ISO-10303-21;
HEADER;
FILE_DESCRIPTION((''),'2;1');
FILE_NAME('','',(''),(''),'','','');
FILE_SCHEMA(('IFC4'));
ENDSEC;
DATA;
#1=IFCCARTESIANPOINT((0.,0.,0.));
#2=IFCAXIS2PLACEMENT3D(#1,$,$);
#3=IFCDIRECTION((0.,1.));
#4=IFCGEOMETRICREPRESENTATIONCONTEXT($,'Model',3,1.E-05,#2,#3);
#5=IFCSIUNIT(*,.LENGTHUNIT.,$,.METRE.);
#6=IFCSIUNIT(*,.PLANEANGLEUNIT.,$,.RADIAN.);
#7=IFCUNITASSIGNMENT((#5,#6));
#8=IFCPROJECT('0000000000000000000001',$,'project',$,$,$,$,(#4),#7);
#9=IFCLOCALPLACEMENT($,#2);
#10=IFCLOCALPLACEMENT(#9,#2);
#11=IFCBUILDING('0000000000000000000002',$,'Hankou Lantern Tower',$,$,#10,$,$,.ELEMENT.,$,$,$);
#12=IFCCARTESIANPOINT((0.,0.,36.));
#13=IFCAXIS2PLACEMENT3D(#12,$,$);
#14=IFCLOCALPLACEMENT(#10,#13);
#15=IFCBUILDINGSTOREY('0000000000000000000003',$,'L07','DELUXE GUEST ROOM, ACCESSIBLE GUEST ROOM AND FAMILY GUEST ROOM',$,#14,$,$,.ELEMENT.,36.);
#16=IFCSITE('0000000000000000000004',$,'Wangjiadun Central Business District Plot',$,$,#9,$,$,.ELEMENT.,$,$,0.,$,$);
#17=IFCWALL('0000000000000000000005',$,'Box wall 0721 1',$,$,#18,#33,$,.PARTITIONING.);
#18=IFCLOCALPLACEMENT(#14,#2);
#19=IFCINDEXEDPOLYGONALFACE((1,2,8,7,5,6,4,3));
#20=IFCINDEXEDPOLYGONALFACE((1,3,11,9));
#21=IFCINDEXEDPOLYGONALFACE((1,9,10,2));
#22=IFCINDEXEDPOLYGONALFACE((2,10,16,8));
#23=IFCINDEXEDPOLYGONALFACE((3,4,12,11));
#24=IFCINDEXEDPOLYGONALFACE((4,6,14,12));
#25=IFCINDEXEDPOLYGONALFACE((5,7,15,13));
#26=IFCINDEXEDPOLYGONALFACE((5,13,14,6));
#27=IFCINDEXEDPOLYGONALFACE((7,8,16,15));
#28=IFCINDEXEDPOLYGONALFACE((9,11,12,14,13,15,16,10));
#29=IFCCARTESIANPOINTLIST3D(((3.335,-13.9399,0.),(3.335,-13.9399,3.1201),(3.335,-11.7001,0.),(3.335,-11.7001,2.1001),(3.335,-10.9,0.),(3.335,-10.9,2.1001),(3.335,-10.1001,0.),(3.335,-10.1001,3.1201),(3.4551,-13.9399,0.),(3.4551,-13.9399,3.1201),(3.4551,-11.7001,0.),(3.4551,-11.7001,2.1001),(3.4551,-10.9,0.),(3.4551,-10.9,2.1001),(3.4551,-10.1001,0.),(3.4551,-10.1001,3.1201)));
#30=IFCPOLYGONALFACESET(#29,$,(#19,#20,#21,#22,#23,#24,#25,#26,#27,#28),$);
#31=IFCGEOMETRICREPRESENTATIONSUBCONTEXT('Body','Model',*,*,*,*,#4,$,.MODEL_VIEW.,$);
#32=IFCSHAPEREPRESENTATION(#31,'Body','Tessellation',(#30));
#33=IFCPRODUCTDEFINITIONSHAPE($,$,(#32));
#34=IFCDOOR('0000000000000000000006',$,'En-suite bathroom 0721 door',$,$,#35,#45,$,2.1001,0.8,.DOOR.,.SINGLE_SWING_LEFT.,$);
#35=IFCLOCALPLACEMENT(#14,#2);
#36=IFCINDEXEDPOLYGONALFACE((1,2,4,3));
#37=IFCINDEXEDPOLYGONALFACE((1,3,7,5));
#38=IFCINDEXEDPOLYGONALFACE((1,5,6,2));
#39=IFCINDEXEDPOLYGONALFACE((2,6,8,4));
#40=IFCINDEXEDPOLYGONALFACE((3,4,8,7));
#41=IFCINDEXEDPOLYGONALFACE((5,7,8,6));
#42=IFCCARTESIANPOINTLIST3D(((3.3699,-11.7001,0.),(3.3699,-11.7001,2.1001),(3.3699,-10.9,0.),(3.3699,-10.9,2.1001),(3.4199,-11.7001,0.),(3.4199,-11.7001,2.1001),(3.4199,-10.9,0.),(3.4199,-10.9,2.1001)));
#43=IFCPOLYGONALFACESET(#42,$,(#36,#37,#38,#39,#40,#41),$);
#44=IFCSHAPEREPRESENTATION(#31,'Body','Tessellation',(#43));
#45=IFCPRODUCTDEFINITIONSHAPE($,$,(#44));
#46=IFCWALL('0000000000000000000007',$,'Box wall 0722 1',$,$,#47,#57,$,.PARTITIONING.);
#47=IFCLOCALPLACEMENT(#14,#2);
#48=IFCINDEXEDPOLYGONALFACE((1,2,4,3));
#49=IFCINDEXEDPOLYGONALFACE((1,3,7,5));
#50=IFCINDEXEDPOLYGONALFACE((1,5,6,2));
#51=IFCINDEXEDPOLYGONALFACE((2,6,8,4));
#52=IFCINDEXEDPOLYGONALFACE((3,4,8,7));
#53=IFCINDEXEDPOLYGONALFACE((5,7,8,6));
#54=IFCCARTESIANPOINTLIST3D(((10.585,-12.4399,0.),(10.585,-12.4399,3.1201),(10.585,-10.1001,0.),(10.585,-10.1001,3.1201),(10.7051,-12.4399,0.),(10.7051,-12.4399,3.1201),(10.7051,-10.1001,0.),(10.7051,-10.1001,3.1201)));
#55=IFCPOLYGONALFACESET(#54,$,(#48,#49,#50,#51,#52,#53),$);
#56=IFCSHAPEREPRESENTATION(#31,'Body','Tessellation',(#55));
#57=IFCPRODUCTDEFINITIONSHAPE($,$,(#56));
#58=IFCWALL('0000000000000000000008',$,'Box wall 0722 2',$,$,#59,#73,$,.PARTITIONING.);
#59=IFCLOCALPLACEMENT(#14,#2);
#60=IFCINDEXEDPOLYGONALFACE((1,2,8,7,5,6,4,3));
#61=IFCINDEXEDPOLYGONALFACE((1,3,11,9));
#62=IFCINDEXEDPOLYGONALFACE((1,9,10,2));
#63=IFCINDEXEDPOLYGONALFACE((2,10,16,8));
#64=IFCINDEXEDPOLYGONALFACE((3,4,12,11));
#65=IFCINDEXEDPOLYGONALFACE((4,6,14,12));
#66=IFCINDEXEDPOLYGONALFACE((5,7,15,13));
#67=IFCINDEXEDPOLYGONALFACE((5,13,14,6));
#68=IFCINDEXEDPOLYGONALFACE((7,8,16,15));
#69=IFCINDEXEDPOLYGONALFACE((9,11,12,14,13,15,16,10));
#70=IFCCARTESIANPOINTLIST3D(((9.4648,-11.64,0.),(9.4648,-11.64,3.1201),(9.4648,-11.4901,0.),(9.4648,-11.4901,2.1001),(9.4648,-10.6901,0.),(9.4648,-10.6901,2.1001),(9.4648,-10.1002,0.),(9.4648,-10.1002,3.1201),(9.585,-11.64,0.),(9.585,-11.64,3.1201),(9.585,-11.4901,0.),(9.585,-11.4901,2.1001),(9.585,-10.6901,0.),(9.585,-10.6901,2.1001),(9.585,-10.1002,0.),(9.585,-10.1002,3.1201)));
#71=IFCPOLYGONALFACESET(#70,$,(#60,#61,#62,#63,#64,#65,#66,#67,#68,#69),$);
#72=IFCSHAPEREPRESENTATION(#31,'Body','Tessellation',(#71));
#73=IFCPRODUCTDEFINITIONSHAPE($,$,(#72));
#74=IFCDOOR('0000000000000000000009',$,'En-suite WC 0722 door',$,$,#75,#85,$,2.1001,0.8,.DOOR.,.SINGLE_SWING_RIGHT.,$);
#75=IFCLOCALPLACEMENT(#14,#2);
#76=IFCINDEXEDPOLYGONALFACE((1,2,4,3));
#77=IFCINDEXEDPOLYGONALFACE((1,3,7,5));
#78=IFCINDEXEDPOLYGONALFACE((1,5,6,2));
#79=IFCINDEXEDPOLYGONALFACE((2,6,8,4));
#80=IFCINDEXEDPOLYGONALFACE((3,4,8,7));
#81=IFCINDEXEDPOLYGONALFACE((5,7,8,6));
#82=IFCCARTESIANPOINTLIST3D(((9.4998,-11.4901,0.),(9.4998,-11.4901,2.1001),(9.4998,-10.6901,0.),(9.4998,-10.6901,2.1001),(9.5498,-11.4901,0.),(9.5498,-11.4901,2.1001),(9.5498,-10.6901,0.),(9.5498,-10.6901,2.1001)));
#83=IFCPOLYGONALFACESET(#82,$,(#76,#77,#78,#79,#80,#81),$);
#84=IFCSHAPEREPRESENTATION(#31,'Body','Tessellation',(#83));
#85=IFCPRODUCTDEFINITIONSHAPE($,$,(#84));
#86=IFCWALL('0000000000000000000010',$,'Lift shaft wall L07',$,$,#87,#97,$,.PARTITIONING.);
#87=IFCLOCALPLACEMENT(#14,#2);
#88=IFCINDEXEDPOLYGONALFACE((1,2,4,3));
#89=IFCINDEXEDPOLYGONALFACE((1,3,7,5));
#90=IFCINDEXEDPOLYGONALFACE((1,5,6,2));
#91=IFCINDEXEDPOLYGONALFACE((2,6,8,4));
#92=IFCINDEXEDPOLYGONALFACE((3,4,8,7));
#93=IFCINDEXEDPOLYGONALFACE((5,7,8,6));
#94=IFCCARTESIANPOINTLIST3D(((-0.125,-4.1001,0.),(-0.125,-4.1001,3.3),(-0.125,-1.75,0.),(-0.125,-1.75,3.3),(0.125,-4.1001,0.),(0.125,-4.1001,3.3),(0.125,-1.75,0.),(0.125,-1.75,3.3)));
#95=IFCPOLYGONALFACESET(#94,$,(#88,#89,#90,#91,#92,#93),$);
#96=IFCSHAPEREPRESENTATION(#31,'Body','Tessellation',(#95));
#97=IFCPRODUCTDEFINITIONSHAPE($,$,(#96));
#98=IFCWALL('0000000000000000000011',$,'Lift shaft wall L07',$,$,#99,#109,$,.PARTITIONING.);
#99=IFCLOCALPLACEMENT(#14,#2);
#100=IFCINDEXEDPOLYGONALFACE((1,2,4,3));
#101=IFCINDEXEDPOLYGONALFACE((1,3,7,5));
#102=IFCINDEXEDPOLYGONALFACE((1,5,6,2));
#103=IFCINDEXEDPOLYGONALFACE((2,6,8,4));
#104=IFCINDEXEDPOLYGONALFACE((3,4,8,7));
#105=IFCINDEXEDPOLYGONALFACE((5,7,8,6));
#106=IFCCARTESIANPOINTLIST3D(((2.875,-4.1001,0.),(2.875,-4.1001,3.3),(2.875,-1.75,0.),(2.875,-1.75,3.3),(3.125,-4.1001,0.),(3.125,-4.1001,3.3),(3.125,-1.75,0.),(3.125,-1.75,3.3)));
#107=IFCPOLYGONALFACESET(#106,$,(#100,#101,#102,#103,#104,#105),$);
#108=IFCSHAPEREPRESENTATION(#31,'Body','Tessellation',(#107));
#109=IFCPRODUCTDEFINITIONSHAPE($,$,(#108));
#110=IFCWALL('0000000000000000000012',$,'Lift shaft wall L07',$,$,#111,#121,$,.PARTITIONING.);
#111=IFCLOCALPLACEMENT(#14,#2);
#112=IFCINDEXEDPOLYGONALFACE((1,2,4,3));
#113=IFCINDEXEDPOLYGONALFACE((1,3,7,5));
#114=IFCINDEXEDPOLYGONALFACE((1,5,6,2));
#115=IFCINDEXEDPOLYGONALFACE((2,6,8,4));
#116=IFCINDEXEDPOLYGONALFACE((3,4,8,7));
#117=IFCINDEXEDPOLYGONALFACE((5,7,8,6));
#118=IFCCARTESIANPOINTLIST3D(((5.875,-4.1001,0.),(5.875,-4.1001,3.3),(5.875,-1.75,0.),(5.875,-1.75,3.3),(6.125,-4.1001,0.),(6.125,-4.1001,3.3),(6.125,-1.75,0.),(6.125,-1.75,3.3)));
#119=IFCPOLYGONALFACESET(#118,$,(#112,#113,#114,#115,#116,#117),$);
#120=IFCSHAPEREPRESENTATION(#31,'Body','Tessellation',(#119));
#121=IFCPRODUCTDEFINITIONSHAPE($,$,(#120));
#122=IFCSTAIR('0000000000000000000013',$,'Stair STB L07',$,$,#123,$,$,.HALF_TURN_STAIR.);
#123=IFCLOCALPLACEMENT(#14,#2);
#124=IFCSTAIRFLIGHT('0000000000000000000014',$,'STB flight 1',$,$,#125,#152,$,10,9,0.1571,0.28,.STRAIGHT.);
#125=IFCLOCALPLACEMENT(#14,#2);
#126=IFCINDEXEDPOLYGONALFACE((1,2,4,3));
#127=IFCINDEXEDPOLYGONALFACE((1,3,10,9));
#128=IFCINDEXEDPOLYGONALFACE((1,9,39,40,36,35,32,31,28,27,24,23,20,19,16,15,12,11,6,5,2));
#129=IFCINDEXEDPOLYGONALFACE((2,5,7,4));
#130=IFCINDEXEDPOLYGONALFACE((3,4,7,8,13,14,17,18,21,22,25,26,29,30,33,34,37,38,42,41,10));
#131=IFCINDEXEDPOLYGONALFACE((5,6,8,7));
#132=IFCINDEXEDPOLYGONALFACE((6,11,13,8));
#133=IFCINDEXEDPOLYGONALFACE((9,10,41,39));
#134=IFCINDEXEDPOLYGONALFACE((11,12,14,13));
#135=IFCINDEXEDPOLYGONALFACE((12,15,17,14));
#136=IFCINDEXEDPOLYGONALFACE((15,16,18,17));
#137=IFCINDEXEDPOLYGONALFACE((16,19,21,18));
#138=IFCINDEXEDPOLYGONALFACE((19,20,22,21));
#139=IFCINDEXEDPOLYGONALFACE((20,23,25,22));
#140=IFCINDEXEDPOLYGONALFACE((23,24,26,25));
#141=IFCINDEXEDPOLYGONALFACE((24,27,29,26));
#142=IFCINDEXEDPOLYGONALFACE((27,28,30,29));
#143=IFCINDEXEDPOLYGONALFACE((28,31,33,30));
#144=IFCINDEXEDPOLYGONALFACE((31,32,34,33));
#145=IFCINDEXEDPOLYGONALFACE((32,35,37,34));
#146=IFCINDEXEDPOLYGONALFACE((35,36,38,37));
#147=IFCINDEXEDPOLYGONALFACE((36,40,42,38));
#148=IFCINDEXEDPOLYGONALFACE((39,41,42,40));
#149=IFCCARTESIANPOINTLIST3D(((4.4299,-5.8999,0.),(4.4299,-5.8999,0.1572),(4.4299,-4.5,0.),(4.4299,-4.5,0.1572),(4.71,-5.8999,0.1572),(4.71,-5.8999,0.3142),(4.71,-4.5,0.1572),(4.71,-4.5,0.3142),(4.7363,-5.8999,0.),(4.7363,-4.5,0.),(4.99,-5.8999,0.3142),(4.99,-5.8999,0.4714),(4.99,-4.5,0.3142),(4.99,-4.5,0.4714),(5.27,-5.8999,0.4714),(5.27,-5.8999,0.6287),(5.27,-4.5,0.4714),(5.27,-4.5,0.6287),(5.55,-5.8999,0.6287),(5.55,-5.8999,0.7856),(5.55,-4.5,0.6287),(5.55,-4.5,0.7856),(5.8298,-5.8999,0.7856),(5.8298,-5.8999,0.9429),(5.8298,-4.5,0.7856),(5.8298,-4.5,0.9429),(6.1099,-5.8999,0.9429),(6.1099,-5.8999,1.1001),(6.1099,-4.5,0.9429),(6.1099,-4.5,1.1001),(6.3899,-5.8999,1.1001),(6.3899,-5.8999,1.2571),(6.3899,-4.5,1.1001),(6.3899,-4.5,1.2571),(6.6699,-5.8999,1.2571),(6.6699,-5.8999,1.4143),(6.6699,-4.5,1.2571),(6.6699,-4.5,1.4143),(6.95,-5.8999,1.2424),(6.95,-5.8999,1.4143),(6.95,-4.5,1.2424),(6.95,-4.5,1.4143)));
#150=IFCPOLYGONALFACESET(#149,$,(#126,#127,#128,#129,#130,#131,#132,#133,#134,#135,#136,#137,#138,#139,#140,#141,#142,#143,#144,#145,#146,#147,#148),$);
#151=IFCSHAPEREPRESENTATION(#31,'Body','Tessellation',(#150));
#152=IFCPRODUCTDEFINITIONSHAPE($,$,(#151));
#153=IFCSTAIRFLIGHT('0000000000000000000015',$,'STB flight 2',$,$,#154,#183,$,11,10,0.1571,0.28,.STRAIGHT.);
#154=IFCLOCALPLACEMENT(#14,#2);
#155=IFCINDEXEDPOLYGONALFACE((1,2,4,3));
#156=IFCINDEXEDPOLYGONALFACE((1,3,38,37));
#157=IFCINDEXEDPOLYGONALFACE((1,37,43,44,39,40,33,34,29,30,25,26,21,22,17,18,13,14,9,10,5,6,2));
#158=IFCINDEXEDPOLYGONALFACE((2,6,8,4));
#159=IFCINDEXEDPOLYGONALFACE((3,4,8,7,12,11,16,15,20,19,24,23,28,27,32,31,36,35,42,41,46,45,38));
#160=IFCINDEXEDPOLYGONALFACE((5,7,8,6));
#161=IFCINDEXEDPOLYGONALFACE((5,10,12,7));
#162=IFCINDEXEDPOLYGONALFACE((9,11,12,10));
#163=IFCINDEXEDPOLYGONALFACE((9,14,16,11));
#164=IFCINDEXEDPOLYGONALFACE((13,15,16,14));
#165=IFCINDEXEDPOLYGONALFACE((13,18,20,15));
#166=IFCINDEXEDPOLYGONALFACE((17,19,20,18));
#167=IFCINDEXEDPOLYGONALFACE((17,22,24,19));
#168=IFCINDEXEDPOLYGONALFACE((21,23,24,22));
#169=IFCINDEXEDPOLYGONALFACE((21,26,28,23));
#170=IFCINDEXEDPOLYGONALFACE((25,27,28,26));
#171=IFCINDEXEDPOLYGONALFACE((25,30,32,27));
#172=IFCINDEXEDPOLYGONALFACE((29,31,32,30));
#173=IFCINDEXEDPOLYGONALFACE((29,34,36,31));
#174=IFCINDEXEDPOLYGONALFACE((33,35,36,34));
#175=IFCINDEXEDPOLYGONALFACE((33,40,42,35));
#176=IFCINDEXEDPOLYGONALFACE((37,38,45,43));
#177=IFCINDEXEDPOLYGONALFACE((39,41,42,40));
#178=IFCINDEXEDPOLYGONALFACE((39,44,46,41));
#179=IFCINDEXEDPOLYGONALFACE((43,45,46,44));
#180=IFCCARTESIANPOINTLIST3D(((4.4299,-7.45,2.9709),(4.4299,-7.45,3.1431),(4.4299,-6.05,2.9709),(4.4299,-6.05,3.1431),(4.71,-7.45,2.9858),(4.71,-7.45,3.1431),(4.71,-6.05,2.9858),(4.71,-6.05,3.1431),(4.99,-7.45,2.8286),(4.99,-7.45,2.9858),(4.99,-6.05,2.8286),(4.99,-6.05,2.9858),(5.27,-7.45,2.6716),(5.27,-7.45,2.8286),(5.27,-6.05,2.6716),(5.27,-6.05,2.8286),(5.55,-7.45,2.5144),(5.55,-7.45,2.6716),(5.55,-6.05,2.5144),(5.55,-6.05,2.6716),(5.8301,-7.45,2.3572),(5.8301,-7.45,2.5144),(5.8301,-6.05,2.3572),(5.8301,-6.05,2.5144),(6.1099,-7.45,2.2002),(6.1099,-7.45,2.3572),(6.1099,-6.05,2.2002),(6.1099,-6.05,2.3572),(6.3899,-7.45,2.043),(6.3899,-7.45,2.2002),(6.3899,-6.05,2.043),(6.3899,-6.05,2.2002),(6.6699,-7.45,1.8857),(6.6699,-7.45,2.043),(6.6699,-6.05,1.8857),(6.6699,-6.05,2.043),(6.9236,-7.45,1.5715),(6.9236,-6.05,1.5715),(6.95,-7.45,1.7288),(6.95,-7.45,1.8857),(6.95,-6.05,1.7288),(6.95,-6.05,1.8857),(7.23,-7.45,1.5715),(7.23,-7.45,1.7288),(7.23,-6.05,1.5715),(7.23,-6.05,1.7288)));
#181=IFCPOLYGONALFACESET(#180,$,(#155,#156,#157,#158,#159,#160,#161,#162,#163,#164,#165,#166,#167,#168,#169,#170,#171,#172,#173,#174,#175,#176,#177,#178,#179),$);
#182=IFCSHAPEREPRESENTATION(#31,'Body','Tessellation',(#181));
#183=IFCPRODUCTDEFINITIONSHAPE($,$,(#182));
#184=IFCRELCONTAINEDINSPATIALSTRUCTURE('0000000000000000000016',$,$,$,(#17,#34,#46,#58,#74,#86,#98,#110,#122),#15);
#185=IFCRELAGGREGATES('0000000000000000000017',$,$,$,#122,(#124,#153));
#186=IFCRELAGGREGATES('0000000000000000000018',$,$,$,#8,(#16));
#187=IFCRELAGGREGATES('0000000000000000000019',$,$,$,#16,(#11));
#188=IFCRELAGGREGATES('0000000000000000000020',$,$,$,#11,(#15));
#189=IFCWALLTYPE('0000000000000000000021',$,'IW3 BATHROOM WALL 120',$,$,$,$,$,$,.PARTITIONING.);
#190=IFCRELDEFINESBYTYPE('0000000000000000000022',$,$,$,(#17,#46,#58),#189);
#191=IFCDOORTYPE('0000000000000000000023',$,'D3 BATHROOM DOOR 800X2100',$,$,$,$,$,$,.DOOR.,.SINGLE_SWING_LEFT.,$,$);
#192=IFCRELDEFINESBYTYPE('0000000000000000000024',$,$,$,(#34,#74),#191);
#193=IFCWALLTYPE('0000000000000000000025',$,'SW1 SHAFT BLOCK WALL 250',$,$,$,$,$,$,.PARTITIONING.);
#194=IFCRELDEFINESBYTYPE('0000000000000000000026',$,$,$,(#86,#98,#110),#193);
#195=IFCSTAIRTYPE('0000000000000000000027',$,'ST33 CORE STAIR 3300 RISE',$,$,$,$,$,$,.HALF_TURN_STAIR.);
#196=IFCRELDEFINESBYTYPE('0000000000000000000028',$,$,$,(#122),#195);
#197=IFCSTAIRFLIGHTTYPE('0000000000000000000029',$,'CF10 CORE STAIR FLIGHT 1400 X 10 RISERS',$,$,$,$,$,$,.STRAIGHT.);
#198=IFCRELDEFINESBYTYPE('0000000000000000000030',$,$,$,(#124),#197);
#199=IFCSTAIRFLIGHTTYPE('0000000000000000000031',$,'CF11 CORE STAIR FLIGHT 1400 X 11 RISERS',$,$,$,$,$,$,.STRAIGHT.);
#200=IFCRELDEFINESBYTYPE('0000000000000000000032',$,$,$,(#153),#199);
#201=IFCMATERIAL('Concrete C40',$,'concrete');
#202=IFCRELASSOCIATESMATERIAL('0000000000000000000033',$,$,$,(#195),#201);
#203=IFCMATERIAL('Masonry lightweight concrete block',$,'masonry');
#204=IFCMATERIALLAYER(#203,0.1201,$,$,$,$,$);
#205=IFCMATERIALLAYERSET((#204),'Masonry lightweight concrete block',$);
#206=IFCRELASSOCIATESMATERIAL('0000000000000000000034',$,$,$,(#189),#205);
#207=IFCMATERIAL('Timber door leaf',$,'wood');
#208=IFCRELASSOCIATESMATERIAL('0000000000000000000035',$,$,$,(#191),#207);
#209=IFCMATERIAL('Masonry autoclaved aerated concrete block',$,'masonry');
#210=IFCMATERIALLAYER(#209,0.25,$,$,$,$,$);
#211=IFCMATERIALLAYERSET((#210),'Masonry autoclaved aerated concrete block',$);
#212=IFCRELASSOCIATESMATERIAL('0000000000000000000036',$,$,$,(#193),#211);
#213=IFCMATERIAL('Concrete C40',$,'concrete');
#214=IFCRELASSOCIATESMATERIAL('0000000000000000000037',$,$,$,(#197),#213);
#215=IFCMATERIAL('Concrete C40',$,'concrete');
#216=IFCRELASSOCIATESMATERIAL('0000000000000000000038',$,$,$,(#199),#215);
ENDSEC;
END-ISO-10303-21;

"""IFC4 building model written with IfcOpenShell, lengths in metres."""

from ifc_helpers import new_model, si_unit, direction, frame, frame_2d, origin, place, context, subcontext, project, spatial, polyline, rectangle, outline, extrude, material, layer, layer_set, type_object, element, fill, aggregate, save


model = new_model("IFC4")

# Units and contexts
model_context = context("Model", 3, precision=1e-05, world=origin(), true_north=direction((0.0, 1.0)))
body_context = subcontext(model_context, "Body", "Model", "MODEL_VIEW")
ifc_project = project(units=[si_unit("LENGTHUNIT", "METRE"), si_unit("PLANEANGLEUNIT", "RADIAN")], contexts=[model_context])

# Site, building, storey
site_placement = place(None, origin())
site = spatial("IfcSite", under=ifc_project, at=site_placement, Name="Wangjiadun Central Business District Plot", CompositionType="ELEMENT", RefElevation=0.0)
building_placement = place(site_placement, origin())
building = spatial("IfcBuilding", under=site, at=building_placement, Name="Hankou Lantern Tower", CompositionType="ELEMENT")
storey_placement = place(building_placement, frame((0.0, 0.0, 36.0)))
storey = spatial("IfcBuildingStorey", under=building, at=storey_placement, Name="L07", Description="DELUXE GUEST ROOM, ACCESSIBLE GUEST ROOM AND FAMILY GUEST ROOM", CompositionType="ELEMENT", Elevation=36.0)

# Shared definitions
ifc_material_1 = material(Name="Concrete C40", Category="concrete")
stair_type = type_object("IfcStairType", Name="ST33 CORE STAIR 3300 RISE", PredefinedType="HALF_TURN_STAIR", material=ifc_material_1)

# Wall, opening, door
ifc_material_2 = material(Name="Masonry lightweight concrete block", Category="masonry")
ifc_layer_1 = layer(ifc_material_2, 0.1201)
ifc_layer_set_1 = layer_set([ifc_layer_1], Name="Masonry lightweight concrete block")
wall_type_1 = type_object("IfcWallType", Name="IW3 BATHROOM WALL 120", PredefinedType="PARTITIONING", material=ifc_layer_set_1)
wall_1_placement = place(storey_placement, frame((3.395, -10.1001, 0.0), z_axis=(0.0, 0.0, 1.0), x_axis=(0.0, -1.0, 0.0)))
wall_1 = element("IfcWall", 1, at=wall_1_placement, inside=storey, type_object=wall_type_1, Name="Box wall 0721 1", PredefinedType="PARTITIONING", context=body_context, shape_type="SweptSolid", body=[
    extrude(rectangle(XDim=3.8398, YDim=0.1201, at=frame_2d((1.9199, 0.0))), origin(), (0.0, 0.0, 1.0), 3.1201),
])
opening_1_placement = place(wall_1_placement, frame((0.8, 0.0, 0.0)))
opening_1 = element("IfcOpeningElement", 2, at=opening_1_placement, cuts=wall_1, PredefinedType="OPENING", context=body_context, shape_type="SweptSolid", body=[
    extrude(rectangle(XDim=0.8, YDim=2.1001, at=frame_2d((0.3999, 1.05))), frame((0.0, 0.0701, 0.0), z_axis=(0.0, -1.0, 0.0), x_axis=(1.0, 0.0, 0.0)), (0.0, 0.0, 1.0), 0.1401),
])
ifc_material_3 = material(Name="Timber door leaf", Category="wood")
door_type_1 = type_object("IfcDoorType", Name="D3 BATHROOM DOOR 800X2100", OperationType="SINGLE_SWING_LEFT", PredefinedType="DOOR", material=ifc_material_3)
door_1_placement = place(opening_1_placement, origin())
door_1 = element("IfcDoor", 3, at=door_1_placement, inside=storey, type_object=door_type_1, Name="En-suite bathroom 0721 door", OperationType="SINGLE_SWING_LEFT", OverallHeight=2.1001, OverallWidth=0.8, PredefinedType="DOOR", context=body_context, shape_type="SweptSolid", body=[
    extrude(rectangle(XDim=0.8, YDim=2.1001, at=frame_2d((0.3999, 1.05))), frame((0.0, 0.0249, 0.0), z_axis=(0.0, -1.0, 0.0), x_axis=(1.0, 0.0, 0.0)), (0.0, 0.0, 1.0), 0.05),
])
fill(opening_1, door_1)

# Wall
wall_2_placement = place(storey_placement, frame((10.645, -10.1001, 0.0), z_axis=(0.0, 0.0, 1.0), x_axis=(0.0, -1.0, 0.0)))
element("IfcWall", 4, at=wall_2_placement, inside=storey, type_object=wall_type_1, Name="Box wall 0722 1", PredefinedType="PARTITIONING", context=body_context, shape_type="SweptSolid", body=[
    extrude(rectangle(XDim=2.3398, YDim=0.1201, at=frame_2d((1.1699, 0.0))), origin(), (0.0, 0.0, 1.0), 3.1201),
])

# Wall, opening, door
wall_3_placement = place(storey_placement, frame((9.5249, -10.1001, 0.0), z_axis=(0.0, 0.0, 1.0), x_axis=(0.0, -1.0, 0.0)))
wall_3 = element("IfcWall", 5, at=wall_3_placement, inside=storey, type_object=wall_type_1, Name="Box wall 0722 2", PredefinedType="PARTITIONING", context=body_context, shape_type="SweptSolid", body=[
    extrude(rectangle(XDim=1.5398, YDim=0.1201, at=frame_2d((0.77, 0.0))), origin(), (0.0, 0.0, 1.0), 3.1201),
])
opening_2_placement = place(wall_3_placement, frame((0.5901, 0.0, 0.0)))
opening_2 = element("IfcOpeningElement", 6, at=opening_2_placement, cuts=wall_3, PredefinedType="OPENING", context=body_context, shape_type="SweptSolid", body=[
    extrude(rectangle(XDim=0.8, YDim=2.1001, at=frame_2d((0.3999, 1.05))), frame((0.0, 0.0701, 0.0), z_axis=(0.0, -1.0, 0.0), x_axis=(1.0, 0.0, 0.0)), (0.0, 0.0, 1.0), 0.1401),
])
door_2_placement = place(opening_2_placement, origin())
door_2 = element("IfcDoor", 7, at=door_2_placement, inside=storey, type_object=door_type_1, Name="En-suite WC 0722 door", OperationType="SINGLE_SWING_RIGHT", OverallHeight=2.1001, OverallWidth=0.8, PredefinedType="DOOR", context=body_context, shape_type="SweptSolid", body=[
    extrude(rectangle(XDim=0.8, YDim=2.1001, at=frame_2d((0.3999, 1.05))), frame((0.0, 0.0249, 0.0), z_axis=(0.0, -1.0, 0.0), x_axis=(1.0, 0.0, 0.0)), (0.0, 0.0, 1.0), 0.05),
])
fill(opening_2, door_2)

# Walls
ifc_material_4 = material(Name="Masonry autoclaved aerated concrete block", Category="masonry")
ifc_layer_2 = layer(ifc_material_4, 0.25)
ifc_layer_set_2 = layer_set([ifc_layer_2], Name="Masonry autoclaved aerated concrete block")
wall_type_2 = type_object("IfcWallType", Name="SW1 SHAFT BLOCK WALL 250", PredefinedType="PARTITIONING", material=ifc_layer_set_2)
for number, where, z_axis, x_axis, name in (
    (8, (0.0, -4.1001, 0.0), (0.0, 0.0, 1.0), (0.0, 1.0, 0.0), "Lift shaft wall L07"),
    (9, (3.0, -4.1001, 0.0), (0.0, 0.0, 1.0), (0.0, 1.0, 0.0), "Lift shaft wall L07"),
    (10, (6.0, -4.1001, 0.0), (0.0, 0.0, 1.0), (0.0, 1.0, 0.0), "Lift shaft wall L07"),
):
    element("IfcWall", number, at=place(storey_placement, frame(where, z_axis=z_axis, x_axis=x_axis)), inside=storey, type_object=wall_type_2, Name=name, PredefinedType="PARTITIONING", context=body_context, shape_type="SweptSolid", body=[
        extrude(rectangle(XDim=2.3501, YDim=0.25, at=frame_2d((1.175, 0.0))), origin(), (0.0, 0.0, 1.0), 3.3),
    ])

# Stair, stair flights
stair_1_placement = place(storey_placement, origin())
stair_1 = element("IfcStair", 11, at=stair_1_placement, inside=storey, type_object=stair_type, Name="Stair STB L07", PredefinedType="HALF_TURN_STAIR")
ifc_material_5 = material(Name="Concrete C40", Category="concrete")
stair_flight_type_1 = type_object("IfcStairFlightType", Name="CF10 CORE STAIR FLIGHT 1400 X 10 RISERS", PredefinedType="STRAIGHT", material=ifc_material_5)
stair_flight_1_placement = place(storey_placement, frame((4.4299, -5.2, 0.0), z_axis=(0.0, 0.0, 1.0), x_axis=(1.0, 0.0, 0.0)))
stair_flight_1 = element("IfcStairFlight", 12, at=stair_flight_1_placement, type_object=stair_flight_type_1, Name="STB flight 1", NumberOfRisers=10, NumberOfTreads=9, PredefinedType="STRAIGHT", RiserHeight=0.1571, TreadLength=0.28, context=body_context, shape_type="SweptSolid", body=[
    extrude(outline(polyline([(0.0, 0.0), (0.0, 0.1572), (0.28, 0.1572), (0.28, 0.3142), (0.5601, 0.3142), (0.5601, 0.4714), (0.8401, 0.4714), (0.8401, 0.6287), (1.1201, 0.6287), (1.1201, 0.7856), (1.3999, 0.7856), (1.3999, 0.9429), (1.6799, 0.9429), (1.6799, 1.1001), (1.96, 1.1001), (1.96, 1.2571), (2.24, 1.2571), (2.24, 1.4143), (2.52, 1.4143), (2.52, 1.5715), (2.52, 1.2424), (0.3064, 0.0), (0.0, 0.0)])), frame((0.0, 0.7, 0.0), z_axis=(0.0, -1.0, 0.0), x_axis=(1.0, 0.0, 0.0)), (0.0, 0.0, 1.0), 1.3999),
])
ifc_material_6 = material(Name="Concrete C40", Category="concrete")
stair_flight_type_2 = type_object("IfcStairFlightType", Name="CF11 CORE STAIR FLIGHT 1400 X 11 RISERS", PredefinedType="STRAIGHT", material=ifc_material_6)
stair_flight_2_placement = place(storey_placement, frame((7.23, -6.75, 1.5715), z_axis=(0.0, 0.0, 1.0), x_axis=(-1.0, 0.0, 0.0)))
stair_flight_2 = element("IfcStairFlight", 13, at=stair_flight_2_placement, type_object=stair_flight_type_2, Name="STB flight 2", NumberOfRisers=11, NumberOfTreads=10, PredefinedType="STRAIGHT", RiserHeight=0.1571, TreadLength=0.28, context=body_context, shape_type="SweptSolid", body=[
    extrude(outline(polyline([(0.0, 0.0), (0.0, 0.1572), (0.28, 0.1572), (0.28, 0.3142), (0.5601, 0.3142), (0.5601, 0.4714), (0.8401, 0.4714), (0.8401, 0.6287), (1.1201, 0.6287), (1.1201, 0.7856), (1.3999, 0.7856), (1.3999, 0.9429), (1.6799, 0.9429), (1.6799, 1.1001), (1.96, 1.1001), (1.96, 1.2571), (2.24, 1.2571), (2.24, 1.4143), (2.52, 1.4143), (2.52, 1.5715), (2.8, 1.5715), (2.8, 1.7285), (2.8, 1.3994), (0.3064, 0.0), (0.0, 0.0)])), frame((0.0, 0.7, 0.0), z_axis=(0.0, -1.0, 0.0), x_axis=(1.0, 0.0, 0.0)), (0.0, 0.0, 1.0), 1.3999),
])
aggregate(stair_1, [stair_flight_1, stair_flight_2])

save(model, "model.ifc")
